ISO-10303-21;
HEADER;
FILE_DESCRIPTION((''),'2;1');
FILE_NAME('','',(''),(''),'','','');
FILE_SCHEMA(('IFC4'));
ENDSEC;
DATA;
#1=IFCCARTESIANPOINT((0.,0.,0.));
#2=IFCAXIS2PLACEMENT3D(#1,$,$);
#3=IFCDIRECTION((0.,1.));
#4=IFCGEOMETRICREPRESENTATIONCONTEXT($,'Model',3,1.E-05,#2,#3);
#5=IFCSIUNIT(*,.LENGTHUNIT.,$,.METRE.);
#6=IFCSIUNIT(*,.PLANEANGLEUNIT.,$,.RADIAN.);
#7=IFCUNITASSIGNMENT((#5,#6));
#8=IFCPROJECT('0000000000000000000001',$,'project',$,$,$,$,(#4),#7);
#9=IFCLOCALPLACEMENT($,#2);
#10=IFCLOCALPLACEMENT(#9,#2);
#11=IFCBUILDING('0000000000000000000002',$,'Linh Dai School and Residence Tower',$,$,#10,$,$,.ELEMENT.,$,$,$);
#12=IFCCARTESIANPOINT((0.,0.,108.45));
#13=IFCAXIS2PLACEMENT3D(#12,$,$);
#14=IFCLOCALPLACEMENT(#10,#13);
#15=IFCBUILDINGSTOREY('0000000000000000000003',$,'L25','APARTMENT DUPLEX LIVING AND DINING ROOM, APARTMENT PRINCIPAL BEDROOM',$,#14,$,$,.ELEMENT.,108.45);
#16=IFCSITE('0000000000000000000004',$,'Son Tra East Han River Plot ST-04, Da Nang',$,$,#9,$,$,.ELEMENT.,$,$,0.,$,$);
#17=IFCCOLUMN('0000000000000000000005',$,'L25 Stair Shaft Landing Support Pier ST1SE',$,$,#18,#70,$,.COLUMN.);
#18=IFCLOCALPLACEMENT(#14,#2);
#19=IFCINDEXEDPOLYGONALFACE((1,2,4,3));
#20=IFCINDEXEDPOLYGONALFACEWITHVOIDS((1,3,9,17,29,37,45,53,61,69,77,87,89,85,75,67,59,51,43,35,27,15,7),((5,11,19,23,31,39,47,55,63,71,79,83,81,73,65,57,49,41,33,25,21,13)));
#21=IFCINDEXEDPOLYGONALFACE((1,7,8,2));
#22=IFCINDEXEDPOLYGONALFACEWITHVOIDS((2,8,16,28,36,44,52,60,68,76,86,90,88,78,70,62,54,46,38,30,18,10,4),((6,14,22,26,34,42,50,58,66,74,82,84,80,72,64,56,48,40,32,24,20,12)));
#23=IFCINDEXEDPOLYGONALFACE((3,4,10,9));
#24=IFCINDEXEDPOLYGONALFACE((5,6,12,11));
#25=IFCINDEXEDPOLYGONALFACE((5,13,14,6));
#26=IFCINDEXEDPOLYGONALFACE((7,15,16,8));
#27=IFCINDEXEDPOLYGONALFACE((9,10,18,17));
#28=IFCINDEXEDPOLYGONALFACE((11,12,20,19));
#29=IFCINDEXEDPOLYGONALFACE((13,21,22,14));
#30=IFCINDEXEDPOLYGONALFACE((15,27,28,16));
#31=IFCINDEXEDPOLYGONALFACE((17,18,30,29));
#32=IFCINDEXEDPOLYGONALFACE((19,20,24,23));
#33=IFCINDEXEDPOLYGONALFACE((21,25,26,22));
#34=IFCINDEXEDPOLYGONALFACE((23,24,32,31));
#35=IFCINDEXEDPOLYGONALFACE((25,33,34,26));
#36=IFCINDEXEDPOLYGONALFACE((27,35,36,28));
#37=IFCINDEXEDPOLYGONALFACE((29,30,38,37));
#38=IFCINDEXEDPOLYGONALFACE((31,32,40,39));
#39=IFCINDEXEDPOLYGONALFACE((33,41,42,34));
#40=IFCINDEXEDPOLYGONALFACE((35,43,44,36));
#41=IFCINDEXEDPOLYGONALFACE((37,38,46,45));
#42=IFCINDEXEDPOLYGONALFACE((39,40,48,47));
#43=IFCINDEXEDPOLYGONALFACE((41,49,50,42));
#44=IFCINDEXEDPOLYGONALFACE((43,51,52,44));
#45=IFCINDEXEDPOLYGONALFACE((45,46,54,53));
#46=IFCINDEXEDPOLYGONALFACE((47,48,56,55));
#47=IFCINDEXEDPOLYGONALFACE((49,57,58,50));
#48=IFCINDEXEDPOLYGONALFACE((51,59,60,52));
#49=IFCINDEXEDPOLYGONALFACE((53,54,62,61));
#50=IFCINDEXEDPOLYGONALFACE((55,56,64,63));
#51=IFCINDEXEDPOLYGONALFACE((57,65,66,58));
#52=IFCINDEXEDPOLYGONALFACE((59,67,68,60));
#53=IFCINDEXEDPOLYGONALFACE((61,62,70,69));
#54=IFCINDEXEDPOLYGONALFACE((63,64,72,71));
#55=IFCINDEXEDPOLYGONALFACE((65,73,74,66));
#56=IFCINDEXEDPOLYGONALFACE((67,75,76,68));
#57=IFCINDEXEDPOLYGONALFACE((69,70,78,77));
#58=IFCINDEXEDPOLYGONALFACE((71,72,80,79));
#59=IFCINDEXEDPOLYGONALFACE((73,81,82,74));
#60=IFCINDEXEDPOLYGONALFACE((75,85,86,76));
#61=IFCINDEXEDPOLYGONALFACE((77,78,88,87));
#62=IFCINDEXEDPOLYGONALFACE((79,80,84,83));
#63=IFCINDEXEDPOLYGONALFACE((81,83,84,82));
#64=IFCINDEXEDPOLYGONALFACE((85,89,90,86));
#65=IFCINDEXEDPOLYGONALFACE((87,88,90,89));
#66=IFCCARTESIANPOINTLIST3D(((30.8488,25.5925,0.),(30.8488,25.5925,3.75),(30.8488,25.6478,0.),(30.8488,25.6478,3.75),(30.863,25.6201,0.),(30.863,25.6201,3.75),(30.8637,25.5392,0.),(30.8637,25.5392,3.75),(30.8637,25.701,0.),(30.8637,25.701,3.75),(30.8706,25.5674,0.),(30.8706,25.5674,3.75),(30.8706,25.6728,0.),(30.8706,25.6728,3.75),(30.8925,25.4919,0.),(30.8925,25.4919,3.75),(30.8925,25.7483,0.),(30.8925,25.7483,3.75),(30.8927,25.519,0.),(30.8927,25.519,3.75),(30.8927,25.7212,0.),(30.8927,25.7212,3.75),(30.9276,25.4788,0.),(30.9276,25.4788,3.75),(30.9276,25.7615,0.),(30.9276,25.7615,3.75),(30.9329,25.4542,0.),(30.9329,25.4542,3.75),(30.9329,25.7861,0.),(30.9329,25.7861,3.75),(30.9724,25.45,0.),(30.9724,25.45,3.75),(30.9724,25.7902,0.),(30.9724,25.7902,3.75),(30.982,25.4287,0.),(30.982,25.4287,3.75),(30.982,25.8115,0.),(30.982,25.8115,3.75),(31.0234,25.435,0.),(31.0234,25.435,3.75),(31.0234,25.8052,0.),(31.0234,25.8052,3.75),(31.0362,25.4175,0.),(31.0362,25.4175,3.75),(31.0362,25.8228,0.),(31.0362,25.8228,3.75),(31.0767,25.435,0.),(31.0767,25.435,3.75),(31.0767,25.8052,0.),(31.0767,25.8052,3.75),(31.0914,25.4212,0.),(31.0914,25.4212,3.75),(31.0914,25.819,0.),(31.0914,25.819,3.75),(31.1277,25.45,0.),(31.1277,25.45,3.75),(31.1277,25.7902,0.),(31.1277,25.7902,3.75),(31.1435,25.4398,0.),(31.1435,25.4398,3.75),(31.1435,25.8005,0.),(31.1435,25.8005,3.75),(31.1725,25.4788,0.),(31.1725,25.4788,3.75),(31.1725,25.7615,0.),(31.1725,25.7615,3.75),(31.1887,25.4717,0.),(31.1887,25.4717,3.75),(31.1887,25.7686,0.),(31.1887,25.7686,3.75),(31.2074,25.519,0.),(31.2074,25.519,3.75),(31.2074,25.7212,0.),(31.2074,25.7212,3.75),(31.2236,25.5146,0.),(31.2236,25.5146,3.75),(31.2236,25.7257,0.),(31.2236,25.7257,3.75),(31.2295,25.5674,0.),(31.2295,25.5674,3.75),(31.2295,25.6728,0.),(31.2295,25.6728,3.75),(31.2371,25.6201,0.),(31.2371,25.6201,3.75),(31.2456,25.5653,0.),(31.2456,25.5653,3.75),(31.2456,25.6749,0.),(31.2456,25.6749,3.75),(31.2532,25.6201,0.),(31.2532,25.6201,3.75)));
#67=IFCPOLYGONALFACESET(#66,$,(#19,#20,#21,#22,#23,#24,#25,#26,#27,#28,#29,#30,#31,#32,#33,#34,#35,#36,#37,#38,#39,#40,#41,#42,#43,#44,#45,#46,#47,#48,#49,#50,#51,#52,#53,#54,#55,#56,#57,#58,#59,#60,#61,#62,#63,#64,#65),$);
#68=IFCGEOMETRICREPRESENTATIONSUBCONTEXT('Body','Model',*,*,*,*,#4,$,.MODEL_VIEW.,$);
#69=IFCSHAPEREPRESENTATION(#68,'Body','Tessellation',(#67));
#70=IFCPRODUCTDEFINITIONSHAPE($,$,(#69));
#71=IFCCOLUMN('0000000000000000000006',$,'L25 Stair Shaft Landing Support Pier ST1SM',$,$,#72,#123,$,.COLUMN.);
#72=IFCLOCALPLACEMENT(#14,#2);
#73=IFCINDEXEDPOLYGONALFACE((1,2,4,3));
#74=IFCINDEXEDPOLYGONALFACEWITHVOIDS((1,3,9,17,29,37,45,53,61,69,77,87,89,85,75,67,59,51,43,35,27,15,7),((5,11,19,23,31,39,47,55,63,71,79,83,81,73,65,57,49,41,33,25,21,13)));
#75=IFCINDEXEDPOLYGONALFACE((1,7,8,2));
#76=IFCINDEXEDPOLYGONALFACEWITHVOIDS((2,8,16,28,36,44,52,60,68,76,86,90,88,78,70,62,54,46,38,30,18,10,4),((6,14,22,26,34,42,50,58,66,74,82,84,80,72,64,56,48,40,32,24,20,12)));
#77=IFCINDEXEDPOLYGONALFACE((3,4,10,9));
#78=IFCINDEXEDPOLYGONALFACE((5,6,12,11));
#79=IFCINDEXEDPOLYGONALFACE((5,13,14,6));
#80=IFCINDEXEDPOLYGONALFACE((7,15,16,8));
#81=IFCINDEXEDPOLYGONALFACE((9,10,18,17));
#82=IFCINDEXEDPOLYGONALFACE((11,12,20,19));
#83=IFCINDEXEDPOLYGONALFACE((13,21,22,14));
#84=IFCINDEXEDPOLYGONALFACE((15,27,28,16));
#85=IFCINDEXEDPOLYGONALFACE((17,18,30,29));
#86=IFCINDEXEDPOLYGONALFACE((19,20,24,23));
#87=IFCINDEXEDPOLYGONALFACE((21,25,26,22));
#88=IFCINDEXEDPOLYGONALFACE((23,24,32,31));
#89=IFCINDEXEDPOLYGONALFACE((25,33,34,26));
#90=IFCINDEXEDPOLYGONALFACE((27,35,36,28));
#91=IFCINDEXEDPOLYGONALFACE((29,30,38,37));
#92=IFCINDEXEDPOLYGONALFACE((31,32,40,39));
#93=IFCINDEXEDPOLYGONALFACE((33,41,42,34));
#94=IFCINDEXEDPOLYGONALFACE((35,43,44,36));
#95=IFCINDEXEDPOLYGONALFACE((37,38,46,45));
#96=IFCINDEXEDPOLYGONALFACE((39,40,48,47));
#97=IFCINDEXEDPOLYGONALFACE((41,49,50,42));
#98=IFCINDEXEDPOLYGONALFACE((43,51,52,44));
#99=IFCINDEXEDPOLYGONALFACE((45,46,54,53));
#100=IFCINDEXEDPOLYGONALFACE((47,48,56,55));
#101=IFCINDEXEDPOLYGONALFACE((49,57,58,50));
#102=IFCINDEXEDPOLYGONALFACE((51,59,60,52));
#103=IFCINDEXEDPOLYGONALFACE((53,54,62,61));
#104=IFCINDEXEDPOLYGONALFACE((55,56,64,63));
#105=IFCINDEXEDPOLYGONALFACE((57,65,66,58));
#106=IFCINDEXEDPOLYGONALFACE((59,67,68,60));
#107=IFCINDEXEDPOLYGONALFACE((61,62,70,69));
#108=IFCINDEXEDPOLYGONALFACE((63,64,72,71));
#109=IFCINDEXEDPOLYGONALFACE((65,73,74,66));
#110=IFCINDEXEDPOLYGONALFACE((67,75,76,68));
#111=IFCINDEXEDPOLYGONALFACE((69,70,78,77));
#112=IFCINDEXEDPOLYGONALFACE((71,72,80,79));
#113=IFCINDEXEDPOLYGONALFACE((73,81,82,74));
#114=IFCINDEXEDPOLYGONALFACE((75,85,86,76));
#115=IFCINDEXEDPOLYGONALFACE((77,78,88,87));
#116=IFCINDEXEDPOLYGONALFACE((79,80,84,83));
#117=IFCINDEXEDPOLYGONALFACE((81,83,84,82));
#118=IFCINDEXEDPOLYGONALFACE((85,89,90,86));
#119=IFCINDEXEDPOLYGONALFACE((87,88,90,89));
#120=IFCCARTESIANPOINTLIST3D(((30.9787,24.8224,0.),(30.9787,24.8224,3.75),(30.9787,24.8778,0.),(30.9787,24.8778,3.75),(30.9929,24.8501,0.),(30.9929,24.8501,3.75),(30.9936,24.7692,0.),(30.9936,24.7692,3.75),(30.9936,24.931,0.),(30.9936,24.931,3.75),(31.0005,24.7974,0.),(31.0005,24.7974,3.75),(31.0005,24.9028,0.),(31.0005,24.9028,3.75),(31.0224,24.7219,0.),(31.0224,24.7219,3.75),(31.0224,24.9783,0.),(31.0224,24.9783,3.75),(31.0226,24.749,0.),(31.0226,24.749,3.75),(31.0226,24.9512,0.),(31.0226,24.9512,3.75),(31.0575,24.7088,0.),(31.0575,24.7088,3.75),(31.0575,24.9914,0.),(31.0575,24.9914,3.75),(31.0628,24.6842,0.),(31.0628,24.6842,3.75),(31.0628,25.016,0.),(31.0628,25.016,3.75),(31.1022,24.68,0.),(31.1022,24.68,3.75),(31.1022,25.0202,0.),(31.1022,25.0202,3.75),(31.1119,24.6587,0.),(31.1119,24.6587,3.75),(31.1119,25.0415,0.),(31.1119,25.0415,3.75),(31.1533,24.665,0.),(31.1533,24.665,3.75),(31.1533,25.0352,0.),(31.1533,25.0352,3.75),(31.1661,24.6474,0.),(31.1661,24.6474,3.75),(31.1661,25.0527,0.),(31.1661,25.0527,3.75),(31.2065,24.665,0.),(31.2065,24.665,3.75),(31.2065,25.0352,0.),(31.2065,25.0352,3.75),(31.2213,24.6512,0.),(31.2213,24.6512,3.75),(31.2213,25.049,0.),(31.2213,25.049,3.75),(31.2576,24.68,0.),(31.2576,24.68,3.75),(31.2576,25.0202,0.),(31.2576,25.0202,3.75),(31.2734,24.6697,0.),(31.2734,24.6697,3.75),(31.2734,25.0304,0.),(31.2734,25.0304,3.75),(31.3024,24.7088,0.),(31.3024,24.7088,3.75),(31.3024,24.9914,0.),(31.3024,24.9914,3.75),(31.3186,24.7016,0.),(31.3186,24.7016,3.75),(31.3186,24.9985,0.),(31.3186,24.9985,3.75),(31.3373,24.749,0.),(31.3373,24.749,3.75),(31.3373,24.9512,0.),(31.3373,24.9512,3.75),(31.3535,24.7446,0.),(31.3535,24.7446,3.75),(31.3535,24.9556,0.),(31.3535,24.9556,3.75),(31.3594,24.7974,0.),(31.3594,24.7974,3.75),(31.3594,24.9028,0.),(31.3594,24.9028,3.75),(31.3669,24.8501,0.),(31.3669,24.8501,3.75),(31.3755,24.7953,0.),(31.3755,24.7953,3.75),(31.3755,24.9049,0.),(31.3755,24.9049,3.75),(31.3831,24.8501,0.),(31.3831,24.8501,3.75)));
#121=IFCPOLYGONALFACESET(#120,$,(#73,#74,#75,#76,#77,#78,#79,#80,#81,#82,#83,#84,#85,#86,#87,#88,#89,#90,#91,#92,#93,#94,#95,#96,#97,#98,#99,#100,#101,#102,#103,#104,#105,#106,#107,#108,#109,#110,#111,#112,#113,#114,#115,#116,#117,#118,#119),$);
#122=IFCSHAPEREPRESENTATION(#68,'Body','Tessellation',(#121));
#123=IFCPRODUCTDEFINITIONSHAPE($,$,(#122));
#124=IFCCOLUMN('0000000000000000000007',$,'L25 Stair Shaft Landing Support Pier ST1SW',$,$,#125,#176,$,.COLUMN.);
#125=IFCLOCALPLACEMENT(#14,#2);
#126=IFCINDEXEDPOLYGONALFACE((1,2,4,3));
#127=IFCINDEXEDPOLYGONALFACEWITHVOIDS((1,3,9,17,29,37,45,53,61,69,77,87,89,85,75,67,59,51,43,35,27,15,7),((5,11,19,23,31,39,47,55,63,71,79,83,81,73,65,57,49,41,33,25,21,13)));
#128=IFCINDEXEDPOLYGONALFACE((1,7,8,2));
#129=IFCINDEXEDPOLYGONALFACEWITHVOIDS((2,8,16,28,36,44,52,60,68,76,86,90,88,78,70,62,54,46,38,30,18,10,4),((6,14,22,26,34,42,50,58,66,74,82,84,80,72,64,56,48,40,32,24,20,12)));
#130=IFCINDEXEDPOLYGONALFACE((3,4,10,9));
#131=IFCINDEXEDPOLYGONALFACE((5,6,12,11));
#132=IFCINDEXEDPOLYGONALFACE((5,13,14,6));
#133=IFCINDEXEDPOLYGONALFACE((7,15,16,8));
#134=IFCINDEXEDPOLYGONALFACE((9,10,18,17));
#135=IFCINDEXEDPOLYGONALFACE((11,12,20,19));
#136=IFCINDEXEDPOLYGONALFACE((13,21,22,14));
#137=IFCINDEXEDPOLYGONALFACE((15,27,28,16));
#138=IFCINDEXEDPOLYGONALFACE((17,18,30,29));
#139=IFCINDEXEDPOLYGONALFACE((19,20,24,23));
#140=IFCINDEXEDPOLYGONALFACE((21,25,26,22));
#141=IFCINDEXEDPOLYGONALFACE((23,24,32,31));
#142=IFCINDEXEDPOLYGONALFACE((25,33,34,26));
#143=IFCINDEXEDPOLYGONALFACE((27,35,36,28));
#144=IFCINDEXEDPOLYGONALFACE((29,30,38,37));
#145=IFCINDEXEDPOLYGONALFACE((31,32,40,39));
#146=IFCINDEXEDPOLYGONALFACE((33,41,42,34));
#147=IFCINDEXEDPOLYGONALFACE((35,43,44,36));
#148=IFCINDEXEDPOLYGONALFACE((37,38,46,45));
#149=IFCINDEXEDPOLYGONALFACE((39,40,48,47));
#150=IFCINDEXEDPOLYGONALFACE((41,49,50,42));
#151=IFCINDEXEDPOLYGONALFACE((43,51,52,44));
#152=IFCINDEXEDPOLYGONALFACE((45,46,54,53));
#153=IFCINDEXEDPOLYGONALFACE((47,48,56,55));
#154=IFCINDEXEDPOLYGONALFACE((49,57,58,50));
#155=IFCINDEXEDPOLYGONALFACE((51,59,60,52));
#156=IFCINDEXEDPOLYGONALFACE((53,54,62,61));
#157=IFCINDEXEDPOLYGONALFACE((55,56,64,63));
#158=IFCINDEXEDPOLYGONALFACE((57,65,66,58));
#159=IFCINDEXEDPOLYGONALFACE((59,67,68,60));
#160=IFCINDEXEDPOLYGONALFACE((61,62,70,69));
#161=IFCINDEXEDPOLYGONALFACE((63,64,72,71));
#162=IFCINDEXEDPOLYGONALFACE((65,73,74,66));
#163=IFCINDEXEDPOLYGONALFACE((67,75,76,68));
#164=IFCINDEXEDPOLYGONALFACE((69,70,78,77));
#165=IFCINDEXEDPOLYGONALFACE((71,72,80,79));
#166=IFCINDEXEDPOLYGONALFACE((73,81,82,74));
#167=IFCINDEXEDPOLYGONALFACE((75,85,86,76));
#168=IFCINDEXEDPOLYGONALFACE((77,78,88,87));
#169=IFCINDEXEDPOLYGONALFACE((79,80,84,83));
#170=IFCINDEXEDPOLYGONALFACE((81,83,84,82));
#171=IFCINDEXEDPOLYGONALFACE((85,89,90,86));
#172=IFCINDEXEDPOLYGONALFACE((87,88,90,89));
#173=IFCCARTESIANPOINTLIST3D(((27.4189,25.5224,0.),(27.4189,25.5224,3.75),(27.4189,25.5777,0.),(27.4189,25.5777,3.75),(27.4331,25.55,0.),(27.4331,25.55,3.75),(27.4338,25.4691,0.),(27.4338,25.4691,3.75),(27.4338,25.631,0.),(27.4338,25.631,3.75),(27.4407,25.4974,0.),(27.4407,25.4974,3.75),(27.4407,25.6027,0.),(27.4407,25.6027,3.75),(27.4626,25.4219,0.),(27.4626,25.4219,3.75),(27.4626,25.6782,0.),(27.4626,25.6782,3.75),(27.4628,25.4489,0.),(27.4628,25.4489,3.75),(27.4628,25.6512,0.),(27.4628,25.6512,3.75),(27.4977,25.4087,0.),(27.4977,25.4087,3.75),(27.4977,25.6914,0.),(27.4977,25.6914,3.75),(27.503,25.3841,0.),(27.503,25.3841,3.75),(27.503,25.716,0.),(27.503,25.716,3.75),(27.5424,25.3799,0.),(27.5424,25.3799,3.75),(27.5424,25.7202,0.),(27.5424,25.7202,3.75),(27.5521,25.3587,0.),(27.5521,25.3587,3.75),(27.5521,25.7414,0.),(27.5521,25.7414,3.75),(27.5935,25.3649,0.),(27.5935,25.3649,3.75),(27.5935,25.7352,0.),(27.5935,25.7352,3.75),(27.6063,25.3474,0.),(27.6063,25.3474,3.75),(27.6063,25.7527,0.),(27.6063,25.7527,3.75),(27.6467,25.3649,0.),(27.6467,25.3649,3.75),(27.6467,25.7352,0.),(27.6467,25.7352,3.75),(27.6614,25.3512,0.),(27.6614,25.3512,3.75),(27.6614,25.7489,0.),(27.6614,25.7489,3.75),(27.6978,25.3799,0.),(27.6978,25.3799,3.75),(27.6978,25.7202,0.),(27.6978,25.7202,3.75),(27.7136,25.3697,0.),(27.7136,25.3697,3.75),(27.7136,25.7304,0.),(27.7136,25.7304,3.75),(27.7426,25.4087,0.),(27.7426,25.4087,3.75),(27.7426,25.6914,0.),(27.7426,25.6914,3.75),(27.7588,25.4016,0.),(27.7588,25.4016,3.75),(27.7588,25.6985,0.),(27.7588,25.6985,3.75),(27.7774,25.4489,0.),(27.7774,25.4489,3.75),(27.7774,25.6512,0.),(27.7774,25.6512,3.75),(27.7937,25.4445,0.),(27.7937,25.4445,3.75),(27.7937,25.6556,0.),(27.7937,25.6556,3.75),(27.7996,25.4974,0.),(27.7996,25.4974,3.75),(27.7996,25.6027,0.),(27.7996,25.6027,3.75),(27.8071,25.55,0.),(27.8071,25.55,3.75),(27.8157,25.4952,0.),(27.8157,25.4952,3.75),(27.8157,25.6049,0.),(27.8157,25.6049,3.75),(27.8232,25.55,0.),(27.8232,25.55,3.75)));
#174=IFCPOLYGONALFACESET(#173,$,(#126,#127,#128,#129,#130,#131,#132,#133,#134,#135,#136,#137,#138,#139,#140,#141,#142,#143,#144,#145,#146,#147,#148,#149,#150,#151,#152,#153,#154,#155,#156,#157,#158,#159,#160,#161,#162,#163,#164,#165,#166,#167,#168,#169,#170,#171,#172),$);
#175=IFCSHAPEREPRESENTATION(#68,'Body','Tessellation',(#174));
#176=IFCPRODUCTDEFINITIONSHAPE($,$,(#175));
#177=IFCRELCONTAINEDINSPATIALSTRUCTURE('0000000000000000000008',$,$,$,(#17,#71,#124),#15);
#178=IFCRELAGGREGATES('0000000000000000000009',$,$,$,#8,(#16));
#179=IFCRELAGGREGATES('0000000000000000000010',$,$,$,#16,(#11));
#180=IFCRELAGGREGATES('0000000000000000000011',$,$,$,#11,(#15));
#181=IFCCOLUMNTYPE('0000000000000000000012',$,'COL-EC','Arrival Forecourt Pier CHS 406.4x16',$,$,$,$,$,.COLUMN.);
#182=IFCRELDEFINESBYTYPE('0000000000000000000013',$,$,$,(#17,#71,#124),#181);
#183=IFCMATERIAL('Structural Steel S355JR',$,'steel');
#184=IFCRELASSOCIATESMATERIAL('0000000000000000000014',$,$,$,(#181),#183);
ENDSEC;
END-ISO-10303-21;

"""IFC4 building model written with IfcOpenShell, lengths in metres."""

from ifc_helpers import new_model, si_unit, direction, frame, origin, origin_2d, place, context, subcontext, project, spatial, hollow_circle, extrude, material, material_profile, profile_set, type_object, element, save


model = new_model("IFC4")

# Units and contexts
model_context = context("Model", 3, precision=1e-05, world=origin(), true_north=direction((0.0, 1.0)))
body_context = subcontext(model_context, "Body", "Model", "MODEL_VIEW")
ifc_project = project(units=[si_unit("LENGTHUNIT", "METRE"), si_unit("PLANEANGLEUNIT", "RADIAN")], contexts=[model_context])

# Site, building, storey
site_placement = place(None, origin())
site = spatial("IfcSite", under=ifc_project, at=site_placement, Name="Son Tra East Han River Plot ST-04, Da Nang", CompositionType="ELEMENT", RefElevation=0.0)
building_placement = place(site_placement, origin())
building = spatial("IfcBuilding", under=site, at=building_placement, Name="Linh Dai School and Residence Tower", CompositionType="ELEMENT")
storey_placement = place(building_placement, frame((0.0, 0.0, 108.45)))
storey = spatial("IfcBuildingStorey", under=building, at=storey_placement, Name="L25", Description="APARTMENT DUPLEX LIVING AND DINING ROOM, APARTMENT PRINCIPAL BEDROOM", CompositionType="ELEMENT", Elevation=108.45)

# Columns
ifc_material_1 = material(Name="Structural Steel S355JR", Category="steel")
ifc_material_profile_1 = material_profile(ifc_material_1, hollow_circle(Radius=0.2031, WallThickness=0.0161, at=origin_2d()), Name="CHS 406.4x16")
ifc_profile_set_1 = profile_set([ifc_material_profile_1], Name="Structural Steel S355JR")
column_type = type_object("IfcColumnType", Name="COL-EC", Description="Arrival Forecourt Pier CHS 406.4x16", PredefinedType="COLUMN", material=ifc_profile_set_1)
for number, where, z_axis, x_axis, name in (
    (1, (31.05, 25.6201, 0.0), (0.0, 0.0, 1.0), (1.0, 0.0, 0.0), "L25 Stair Shaft Landing Support Pier ST1SE"),
    (2, (31.1799, 24.8501, 0.0), (0.0, 0.0, 1.0), (1.0, 0.0, 0.0), "L25 Stair Shaft Landing Support Pier ST1SM"),
    (3, (27.6201, 25.55, 0.0), (0.0, 0.0, 1.0), (1.0, 0.0, 0.0), "L25 Stair Shaft Landing Support Pier ST1SW"),
):
    element("IfcColumn", number, at=place(storey_placement, frame(where, z_axis=z_axis, x_axis=x_axis)), inside=storey, type_object=column_type, Name=name, PredefinedType="COLUMN", context=body_context, shape_type="SweptSolid", body=[
        extrude(hollow_circle(Radius=0.2031, WallThickness=0.0161, at=origin_2d()), origin(), (0.0, 0.0, 1.0), 3.75),
    ])

save(model, "model.ifc")
